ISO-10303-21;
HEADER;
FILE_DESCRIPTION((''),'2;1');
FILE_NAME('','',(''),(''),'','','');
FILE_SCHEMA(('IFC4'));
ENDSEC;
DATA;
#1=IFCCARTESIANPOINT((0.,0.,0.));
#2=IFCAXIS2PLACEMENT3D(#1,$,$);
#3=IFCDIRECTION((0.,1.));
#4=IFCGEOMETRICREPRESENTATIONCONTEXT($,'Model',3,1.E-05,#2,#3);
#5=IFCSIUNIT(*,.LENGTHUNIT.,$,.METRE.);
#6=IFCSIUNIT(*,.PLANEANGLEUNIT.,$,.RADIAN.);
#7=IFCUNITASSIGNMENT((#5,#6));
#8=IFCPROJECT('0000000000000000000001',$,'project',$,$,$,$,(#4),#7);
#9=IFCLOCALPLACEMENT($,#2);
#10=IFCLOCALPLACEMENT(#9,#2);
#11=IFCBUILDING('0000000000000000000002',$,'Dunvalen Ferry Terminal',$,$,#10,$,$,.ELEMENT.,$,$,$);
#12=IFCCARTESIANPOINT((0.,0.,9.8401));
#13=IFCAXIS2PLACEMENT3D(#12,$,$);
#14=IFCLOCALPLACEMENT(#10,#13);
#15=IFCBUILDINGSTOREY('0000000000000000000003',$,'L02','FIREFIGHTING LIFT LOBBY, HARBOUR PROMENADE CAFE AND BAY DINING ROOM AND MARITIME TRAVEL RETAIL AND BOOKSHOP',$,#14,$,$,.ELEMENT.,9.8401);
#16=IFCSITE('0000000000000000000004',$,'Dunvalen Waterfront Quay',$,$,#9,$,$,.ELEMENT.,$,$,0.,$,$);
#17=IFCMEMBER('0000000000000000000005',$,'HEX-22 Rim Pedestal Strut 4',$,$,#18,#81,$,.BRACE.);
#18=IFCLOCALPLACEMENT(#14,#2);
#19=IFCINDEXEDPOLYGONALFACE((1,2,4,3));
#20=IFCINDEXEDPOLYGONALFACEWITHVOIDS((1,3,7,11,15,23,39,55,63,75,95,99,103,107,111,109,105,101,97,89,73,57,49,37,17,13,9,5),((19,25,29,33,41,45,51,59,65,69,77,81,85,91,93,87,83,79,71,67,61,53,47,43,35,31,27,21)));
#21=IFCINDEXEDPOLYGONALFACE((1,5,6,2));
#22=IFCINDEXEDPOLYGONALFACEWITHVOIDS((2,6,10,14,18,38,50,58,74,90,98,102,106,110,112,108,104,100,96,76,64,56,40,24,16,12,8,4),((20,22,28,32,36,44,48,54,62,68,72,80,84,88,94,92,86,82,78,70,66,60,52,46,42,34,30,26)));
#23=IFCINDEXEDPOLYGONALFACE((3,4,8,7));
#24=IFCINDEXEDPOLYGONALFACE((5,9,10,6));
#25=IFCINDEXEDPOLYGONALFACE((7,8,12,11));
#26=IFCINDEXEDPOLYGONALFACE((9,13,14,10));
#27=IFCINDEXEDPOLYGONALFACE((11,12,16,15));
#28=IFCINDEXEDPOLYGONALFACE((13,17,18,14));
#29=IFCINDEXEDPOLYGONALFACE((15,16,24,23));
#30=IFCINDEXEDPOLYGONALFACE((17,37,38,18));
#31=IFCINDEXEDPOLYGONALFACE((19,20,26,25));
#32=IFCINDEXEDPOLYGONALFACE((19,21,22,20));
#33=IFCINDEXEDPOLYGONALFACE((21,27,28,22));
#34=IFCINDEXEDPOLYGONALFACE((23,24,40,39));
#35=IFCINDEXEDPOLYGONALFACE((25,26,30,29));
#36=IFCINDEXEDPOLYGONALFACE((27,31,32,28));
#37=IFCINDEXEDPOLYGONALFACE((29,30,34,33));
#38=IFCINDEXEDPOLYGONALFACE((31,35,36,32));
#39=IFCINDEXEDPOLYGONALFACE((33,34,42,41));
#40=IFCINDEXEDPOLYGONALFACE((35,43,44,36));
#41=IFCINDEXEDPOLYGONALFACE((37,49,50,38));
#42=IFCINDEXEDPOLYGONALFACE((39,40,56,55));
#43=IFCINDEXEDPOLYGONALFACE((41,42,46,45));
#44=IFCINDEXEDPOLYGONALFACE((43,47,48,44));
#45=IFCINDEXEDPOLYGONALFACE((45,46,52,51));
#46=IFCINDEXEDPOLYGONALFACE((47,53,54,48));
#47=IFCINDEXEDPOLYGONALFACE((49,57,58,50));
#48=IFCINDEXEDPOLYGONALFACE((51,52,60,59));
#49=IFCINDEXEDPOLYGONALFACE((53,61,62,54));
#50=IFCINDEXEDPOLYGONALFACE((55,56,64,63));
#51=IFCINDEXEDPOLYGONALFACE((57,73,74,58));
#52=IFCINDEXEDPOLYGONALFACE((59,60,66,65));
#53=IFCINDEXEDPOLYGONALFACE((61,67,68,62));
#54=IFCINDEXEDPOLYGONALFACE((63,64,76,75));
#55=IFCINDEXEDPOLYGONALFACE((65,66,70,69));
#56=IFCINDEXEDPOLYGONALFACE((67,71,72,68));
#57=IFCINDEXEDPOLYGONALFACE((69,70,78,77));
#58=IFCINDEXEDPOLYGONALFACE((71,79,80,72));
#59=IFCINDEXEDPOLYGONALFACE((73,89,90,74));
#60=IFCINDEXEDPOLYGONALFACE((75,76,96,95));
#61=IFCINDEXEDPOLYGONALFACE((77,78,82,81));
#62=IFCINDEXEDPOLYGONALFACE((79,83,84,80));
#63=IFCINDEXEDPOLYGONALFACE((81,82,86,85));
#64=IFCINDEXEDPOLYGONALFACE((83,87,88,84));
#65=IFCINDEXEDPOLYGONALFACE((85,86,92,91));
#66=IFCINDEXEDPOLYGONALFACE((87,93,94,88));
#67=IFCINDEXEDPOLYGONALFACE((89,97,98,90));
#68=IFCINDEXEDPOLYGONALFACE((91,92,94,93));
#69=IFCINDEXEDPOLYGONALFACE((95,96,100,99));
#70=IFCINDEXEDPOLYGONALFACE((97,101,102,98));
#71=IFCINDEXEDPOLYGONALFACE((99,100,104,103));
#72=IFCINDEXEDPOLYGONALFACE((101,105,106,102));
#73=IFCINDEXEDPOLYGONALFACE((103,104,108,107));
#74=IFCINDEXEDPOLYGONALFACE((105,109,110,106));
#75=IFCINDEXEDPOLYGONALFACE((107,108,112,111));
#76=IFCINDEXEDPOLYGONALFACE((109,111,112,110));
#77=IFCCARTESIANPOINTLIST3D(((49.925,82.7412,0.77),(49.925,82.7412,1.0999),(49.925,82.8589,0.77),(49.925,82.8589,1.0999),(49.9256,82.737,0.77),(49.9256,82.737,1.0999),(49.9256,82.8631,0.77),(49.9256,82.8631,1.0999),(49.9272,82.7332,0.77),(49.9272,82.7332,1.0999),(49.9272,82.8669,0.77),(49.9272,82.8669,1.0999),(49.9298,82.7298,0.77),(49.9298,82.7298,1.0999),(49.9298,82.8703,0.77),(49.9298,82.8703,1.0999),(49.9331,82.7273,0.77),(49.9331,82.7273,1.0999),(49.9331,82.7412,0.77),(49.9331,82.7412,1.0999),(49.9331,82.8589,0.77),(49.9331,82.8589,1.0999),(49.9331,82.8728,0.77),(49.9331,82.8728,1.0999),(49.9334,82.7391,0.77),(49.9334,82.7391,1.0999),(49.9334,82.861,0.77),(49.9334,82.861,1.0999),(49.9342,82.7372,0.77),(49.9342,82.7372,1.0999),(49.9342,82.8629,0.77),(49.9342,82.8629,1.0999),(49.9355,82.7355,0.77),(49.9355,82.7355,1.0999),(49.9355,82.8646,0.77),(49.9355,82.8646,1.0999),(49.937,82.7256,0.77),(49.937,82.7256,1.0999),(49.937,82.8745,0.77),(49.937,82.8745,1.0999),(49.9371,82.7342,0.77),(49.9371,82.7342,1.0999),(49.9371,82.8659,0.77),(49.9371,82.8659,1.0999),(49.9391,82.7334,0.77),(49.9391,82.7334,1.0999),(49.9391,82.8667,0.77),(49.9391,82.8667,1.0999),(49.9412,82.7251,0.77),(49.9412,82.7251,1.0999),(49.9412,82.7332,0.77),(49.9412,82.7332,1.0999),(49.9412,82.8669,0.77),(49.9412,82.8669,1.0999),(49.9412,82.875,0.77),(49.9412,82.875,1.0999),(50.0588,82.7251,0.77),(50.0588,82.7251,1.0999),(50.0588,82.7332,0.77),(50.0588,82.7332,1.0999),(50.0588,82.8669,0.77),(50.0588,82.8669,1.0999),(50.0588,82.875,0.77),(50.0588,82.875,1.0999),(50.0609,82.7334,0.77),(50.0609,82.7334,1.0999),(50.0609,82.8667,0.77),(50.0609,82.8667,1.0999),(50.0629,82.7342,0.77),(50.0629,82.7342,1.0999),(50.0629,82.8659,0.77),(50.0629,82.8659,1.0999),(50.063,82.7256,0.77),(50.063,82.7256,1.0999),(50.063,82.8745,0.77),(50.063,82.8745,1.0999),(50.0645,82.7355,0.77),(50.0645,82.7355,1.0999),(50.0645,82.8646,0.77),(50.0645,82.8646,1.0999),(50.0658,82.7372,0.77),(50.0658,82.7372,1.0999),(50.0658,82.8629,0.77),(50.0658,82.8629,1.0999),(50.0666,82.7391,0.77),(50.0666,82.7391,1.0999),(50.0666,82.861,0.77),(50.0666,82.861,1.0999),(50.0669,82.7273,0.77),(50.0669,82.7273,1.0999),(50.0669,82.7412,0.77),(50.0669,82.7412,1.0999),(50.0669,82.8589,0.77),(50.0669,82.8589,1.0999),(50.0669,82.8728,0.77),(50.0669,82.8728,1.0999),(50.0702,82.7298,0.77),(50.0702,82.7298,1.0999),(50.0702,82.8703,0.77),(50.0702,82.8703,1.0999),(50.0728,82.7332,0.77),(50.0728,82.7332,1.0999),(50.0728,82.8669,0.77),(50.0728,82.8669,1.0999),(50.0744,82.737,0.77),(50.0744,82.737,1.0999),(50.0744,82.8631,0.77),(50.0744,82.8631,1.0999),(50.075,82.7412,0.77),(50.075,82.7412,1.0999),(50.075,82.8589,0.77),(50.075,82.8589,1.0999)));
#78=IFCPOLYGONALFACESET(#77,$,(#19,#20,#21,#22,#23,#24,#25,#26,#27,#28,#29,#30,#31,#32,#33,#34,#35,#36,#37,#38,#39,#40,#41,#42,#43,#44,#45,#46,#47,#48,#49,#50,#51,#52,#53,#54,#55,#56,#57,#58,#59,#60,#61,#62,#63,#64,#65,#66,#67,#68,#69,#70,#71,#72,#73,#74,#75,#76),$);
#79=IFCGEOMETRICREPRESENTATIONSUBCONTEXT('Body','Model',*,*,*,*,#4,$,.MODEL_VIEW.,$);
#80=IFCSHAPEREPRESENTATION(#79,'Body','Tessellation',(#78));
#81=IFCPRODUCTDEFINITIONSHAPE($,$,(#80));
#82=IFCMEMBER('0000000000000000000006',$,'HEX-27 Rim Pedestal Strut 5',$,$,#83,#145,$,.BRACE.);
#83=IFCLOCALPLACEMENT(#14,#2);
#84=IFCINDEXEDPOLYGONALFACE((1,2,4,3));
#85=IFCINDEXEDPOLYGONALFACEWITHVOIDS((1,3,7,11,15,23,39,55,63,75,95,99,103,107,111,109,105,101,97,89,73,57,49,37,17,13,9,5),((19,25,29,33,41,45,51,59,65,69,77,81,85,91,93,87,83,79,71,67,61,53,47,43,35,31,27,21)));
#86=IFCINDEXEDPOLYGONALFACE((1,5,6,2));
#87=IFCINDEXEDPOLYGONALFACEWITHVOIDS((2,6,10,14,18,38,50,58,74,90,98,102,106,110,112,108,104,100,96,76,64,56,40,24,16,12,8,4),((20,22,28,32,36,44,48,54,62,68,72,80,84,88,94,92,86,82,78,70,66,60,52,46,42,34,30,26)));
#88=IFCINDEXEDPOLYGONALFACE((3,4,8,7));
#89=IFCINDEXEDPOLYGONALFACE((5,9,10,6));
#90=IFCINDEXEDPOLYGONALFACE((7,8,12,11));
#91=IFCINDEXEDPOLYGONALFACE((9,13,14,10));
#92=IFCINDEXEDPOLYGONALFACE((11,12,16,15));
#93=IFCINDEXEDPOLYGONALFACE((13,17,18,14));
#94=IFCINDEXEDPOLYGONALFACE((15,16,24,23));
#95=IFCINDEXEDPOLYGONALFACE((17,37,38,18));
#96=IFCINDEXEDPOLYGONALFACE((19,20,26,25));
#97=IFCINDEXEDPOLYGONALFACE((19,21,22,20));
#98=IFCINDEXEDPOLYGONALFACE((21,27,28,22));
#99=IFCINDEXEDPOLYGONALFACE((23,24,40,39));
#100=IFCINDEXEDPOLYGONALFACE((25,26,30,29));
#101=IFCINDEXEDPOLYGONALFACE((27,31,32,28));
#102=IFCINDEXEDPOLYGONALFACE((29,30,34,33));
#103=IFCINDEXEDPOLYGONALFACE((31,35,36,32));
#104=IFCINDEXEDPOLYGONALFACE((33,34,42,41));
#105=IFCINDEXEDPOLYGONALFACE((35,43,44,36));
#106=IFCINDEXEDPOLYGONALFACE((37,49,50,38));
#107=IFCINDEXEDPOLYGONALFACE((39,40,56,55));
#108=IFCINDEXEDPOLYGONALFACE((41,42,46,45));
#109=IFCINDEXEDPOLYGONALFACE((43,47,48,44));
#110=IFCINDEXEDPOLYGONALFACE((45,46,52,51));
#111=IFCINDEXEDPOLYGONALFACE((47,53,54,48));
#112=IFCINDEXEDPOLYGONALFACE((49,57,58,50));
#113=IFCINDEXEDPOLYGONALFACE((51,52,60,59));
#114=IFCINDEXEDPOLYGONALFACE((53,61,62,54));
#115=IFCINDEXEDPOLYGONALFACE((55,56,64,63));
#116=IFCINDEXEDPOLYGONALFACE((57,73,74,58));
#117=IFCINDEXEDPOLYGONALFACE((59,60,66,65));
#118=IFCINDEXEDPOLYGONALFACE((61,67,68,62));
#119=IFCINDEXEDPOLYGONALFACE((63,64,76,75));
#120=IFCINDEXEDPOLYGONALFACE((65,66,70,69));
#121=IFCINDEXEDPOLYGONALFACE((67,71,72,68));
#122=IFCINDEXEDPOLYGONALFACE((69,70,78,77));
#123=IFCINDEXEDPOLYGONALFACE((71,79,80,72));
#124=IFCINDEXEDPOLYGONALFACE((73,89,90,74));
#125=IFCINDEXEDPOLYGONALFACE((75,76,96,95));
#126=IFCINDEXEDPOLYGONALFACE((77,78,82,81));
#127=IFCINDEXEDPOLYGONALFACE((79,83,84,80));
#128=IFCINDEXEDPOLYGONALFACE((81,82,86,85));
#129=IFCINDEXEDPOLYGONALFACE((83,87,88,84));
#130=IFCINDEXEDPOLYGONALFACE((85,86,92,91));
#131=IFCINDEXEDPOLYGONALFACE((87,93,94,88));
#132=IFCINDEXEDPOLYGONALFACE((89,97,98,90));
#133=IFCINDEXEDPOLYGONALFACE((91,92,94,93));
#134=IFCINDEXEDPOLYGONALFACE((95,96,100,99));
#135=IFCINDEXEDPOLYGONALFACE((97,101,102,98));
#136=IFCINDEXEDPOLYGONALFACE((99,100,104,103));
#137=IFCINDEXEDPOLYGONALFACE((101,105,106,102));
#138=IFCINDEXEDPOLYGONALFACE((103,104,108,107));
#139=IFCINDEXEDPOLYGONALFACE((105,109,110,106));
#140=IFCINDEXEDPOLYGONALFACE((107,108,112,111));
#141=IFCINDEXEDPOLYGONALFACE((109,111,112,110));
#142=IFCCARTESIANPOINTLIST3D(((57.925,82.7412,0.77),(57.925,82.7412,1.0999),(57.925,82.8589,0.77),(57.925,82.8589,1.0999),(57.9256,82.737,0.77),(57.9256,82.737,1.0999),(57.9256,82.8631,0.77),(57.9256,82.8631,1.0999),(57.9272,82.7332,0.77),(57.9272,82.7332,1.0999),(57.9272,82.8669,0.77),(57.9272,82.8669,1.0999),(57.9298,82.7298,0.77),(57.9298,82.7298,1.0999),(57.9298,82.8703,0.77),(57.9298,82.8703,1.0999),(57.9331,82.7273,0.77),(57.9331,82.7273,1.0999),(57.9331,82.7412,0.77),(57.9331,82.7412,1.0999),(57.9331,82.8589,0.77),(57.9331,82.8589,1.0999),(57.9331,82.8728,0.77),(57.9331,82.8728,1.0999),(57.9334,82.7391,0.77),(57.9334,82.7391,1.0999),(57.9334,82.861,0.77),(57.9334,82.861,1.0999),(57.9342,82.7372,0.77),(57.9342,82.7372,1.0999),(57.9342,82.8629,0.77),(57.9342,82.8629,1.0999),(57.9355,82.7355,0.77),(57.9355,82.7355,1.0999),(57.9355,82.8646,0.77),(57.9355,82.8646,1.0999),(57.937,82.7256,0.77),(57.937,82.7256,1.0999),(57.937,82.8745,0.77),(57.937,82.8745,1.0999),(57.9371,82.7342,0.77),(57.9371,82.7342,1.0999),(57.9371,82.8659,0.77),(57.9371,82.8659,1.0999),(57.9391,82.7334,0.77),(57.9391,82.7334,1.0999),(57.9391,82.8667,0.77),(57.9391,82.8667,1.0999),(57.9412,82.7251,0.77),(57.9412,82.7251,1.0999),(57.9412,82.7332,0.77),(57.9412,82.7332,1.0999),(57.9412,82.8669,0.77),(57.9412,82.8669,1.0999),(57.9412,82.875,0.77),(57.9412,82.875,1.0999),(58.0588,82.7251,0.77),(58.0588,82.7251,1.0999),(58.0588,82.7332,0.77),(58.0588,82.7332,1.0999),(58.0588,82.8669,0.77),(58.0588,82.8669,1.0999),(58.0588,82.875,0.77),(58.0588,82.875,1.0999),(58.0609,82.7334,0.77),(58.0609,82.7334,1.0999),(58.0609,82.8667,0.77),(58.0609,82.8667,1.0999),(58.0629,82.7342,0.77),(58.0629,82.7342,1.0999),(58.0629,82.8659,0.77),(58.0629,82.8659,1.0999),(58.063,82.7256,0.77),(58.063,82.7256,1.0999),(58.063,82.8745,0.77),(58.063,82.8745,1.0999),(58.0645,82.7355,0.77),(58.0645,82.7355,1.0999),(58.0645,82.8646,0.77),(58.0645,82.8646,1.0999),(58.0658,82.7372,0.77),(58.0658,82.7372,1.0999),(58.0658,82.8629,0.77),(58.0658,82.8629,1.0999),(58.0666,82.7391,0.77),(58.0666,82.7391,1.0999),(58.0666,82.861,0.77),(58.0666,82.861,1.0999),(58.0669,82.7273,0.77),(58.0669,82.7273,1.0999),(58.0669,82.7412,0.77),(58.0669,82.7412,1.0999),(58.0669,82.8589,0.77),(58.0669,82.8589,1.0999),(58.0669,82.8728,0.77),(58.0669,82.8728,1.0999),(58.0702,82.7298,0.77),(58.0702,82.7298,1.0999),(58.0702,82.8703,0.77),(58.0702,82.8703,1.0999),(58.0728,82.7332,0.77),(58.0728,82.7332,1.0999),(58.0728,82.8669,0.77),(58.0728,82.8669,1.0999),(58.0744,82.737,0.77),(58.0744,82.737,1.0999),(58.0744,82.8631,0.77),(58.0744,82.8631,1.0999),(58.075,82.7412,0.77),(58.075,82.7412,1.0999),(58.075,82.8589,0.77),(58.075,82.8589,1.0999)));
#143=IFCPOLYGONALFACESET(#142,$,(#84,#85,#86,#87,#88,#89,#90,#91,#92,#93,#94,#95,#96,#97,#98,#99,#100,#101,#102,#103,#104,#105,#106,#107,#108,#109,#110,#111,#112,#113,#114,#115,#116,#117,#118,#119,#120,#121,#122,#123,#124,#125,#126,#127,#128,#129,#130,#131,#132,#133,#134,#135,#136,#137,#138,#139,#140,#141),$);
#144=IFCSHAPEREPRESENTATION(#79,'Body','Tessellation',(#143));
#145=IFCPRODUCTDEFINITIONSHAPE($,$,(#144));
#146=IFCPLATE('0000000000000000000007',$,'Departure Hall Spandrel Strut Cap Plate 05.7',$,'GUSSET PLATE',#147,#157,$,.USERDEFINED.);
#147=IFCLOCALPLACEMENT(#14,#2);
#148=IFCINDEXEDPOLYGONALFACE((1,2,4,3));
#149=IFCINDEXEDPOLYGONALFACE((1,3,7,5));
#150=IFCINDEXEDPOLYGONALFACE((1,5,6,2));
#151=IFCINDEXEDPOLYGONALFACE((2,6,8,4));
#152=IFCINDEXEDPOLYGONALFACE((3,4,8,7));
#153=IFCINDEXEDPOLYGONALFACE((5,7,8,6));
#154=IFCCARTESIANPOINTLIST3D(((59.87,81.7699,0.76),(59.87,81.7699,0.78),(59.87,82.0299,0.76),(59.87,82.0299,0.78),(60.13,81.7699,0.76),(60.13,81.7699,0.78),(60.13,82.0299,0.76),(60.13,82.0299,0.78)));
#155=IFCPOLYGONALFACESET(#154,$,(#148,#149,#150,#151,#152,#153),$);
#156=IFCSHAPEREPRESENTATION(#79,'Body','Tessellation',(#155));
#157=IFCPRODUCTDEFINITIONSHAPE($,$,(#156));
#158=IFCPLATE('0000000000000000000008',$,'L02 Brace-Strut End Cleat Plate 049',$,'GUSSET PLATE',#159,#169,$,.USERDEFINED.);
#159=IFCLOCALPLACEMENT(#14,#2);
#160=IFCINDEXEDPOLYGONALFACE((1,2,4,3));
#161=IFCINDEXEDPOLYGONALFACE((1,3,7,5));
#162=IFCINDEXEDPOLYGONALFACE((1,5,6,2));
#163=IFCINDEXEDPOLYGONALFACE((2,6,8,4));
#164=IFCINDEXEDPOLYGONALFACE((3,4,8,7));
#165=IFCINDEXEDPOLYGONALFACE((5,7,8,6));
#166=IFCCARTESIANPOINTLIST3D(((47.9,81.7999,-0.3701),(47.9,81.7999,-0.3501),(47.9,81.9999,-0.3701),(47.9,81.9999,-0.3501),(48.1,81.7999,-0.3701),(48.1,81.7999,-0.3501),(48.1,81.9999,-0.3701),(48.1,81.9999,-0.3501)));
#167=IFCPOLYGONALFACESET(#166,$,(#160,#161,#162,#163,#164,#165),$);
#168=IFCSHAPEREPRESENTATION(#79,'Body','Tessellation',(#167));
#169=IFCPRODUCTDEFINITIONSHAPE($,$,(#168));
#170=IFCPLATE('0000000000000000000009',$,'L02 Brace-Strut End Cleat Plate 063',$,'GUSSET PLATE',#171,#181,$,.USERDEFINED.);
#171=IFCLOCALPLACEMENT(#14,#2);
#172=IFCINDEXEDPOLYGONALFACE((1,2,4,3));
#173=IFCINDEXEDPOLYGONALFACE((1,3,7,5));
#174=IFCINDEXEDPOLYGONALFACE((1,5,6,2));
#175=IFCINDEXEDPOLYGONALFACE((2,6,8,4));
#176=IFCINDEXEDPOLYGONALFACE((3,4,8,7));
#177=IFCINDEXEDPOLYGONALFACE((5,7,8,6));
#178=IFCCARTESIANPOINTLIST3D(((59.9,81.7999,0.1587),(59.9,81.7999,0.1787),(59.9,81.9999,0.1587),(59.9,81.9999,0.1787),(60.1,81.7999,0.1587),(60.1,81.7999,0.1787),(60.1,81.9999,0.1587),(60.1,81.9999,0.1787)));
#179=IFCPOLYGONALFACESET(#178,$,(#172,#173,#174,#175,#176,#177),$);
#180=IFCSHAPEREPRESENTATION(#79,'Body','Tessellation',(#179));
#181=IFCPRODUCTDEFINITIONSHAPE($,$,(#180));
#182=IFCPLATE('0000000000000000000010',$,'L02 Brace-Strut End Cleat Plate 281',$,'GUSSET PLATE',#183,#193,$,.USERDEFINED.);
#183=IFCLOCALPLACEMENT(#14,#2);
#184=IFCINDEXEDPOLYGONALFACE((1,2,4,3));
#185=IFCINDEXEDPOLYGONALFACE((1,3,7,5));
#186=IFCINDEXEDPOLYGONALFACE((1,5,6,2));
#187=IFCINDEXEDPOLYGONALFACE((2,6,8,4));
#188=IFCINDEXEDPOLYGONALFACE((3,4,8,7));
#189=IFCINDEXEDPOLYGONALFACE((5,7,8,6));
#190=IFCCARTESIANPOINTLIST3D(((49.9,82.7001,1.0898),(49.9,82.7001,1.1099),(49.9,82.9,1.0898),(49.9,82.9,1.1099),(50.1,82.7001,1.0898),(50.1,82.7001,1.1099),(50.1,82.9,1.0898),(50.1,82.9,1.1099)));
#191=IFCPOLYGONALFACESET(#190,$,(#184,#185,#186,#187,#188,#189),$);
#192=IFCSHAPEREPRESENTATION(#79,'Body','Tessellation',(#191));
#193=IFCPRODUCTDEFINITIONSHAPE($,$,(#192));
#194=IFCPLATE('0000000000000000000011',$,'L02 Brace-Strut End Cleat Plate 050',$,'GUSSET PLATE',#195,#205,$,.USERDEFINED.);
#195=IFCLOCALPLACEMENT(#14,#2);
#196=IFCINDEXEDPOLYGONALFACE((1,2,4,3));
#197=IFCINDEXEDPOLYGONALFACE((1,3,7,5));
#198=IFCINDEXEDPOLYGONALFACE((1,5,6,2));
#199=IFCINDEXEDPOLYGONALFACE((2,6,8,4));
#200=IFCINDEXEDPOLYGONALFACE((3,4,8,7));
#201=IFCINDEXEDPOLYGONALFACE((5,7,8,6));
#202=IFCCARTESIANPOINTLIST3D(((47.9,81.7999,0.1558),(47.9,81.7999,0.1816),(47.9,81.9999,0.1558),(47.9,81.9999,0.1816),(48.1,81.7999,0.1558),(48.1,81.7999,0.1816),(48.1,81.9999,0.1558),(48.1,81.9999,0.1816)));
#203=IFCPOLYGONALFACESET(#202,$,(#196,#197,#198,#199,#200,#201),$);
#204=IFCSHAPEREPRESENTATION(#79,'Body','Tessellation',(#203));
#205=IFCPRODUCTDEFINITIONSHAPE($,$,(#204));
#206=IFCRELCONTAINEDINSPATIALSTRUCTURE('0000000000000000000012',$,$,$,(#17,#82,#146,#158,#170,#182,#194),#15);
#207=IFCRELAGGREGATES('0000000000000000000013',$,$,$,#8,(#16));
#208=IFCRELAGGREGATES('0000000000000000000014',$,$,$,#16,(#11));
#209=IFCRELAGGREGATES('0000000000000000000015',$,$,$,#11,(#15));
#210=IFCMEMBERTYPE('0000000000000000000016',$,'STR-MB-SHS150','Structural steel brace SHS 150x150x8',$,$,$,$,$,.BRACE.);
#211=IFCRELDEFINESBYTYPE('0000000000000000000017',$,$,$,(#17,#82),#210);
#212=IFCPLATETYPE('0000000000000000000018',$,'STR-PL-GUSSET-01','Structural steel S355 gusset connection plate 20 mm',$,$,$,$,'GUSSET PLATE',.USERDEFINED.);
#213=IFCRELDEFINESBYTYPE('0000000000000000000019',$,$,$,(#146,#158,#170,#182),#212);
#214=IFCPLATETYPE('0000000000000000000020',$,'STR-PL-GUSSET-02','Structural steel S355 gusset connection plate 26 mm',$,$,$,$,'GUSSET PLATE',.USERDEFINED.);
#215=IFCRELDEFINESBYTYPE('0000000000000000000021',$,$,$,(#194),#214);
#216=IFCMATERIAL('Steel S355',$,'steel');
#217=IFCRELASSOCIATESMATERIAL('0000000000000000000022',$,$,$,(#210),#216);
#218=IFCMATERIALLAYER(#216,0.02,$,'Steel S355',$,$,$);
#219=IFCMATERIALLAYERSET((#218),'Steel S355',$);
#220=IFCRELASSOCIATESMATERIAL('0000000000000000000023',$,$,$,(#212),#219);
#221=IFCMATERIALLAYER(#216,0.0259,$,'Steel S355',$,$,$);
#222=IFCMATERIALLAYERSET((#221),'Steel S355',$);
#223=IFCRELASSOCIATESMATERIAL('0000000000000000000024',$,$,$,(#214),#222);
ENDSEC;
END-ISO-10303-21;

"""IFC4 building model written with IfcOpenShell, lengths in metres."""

from ifc_helpers import new_model, si_unit, direction, frame, origin, origin_2d, place, context, subcontext, project, spatial, rectangle, hollow_rectangle, extrude, material, layer, layer_set, material_profile, profile_set, type_object, element, save


model = new_model("IFC4")

# Units and contexts
model_context = context("Model", 3, precision=1e-05, world=origin(), true_north=direction((0.0, 1.0)))
body_context = subcontext(model_context, "Body", "Model", "MODEL_VIEW")
ifc_project = project(units=[si_unit("LENGTHUNIT", "METRE"), si_unit("PLANEANGLEUNIT", "RADIAN")], contexts=[model_context])

# Site, building, storey
site_placement = place(None, origin())
site = spatial("IfcSite", under=ifc_project, at=site_placement, Name="Dunvalen Waterfront Quay", CompositionType="ELEMENT", RefElevation=0.0)
building_placement = place(site_placement, origin())
building = spatial("IfcBuilding", under=site, at=building_placement, Name="Dunvalen Ferry Terminal", CompositionType="ELEMENT")
storey_placement = place(building_placement, frame((0.0, 0.0, 9.8401)))
storey = spatial("IfcBuildingStorey", under=building, at=storey_placement, Name="L02", Description="FIREFIGHTING LIFT LOBBY, HARBOUR PROMENADE CAFE AND BAY DINING ROOM AND MARITIME TRAVEL RETAIL AND BOOKSHOP", CompositionType="ELEMENT", Elevation=9.8401)

# Shared definitions
ifc_material_1 = material(Name="Steel S355", Category="steel")

# Members
ifc_material_profile_1 = material_profile(ifc_material_1, hollow_rectangle(XDim=0.1499, YDim=0.1499, WallThickness=0.0081, InnerFilletRadius=0.0081, OuterFilletRadius=0.0161, at=origin_2d()), Name="Steel S355")
ifc_profile_set_1 = profile_set([ifc_material_profile_1], Name="Steel S355")
member_type_1 = type_object("IfcMemberType", Name="STR-MB-SHS150", Description="Structural steel brace SHS 150x150x8", PredefinedType="BRACE", material=ifc_profile_set_1)
for number, where, z_axis, x_axis, name in (
    (1, (50.0, 82.8, 0.77), (0.0, 0.0, 1.0), (1.0, 0.0, 0.0), "HEX-22 Rim Pedestal Strut 4"),
    (2, (58.0, 82.8, 0.77), (0.0, 0.0, 1.0), (1.0, 0.0, 0.0), "HEX-27 Rim Pedestal Strut 5"),
):
    element("IfcMember", number, at=place(storey_placement, frame(where, z_axis=z_axis, x_axis=x_axis)), inside=storey, type_object=member_type_1, Name=name, PredefinedType="BRACE", context=body_context, shape_type="SweptSolid", body=[
        extrude(hollow_rectangle(XDim=0.1499, YDim=0.1499, WallThickness=0.0081, InnerFilletRadius=0.0081, OuterFilletRadius=0.0161, at=origin_2d()), origin(), (0.0, 0.0, 1.0), 0.3298),
    ])

# Plates
ifc_layer_1 = layer(ifc_material_1, 0.02, Name="Steel S355")
ifc_layer_set_1 = layer_set([ifc_layer_1], Name="Steel S355")
plate_type_1 = type_object("IfcPlateType", Name="STR-PL-GUSSET-01", Description="Structural steel S355 gusset connection plate 20 mm", ElementType="GUSSET PLATE", PredefinedType="USERDEFINED", material=ifc_layer_set_1)
plate_placement = place(storey_placement, frame((60.0, 81.8999, 0.76), z_axis=(0.0, 0.0, 1.0), x_axis=(1.0, 0.0, 0.0)))
element("IfcPlate", 3, at=plate_placement, inside=storey, type_object=plate_type_1, Name="Departure Hall Spandrel Strut Cap Plate 05.7", ObjectType="GUSSET PLATE", PredefinedType="USERDEFINED", context=body_context, shape_type="SweptSolid", body=[
    extrude(rectangle(XDim=0.26, YDim=0.26, at=origin_2d()), origin(), (0.0, 0.0, 1.0), 0.02),
])
for number, where, z_axis, x_axis, name in (
    (4, (48.0, 81.8999, -0.3701), (0.0, 0.0, 1.0), (1.0, 0.0, 0.0), "L02 Brace-Strut End Cleat Plate 049"),
    (5, (60.0, 81.8999, 0.1587), (0.0, 0.0, 1.0), (1.0, 0.0, 0.0), "L02 Brace-Strut End Cleat Plate 063"),
    (6, (50.0, 82.8, 1.0898), (0.0, 0.0, 1.0), (1.0, 0.0, 0.0), "L02 Brace-Strut End Cleat Plate 281"),
):
    element("IfcPlate", number, at=place(storey_placement, frame(where, z_axis=z_axis, x_axis=x_axis)), inside=storey, type_object=plate_type_1, Name=name, ObjectType="GUSSET PLATE", PredefinedType="USERDEFINED", context=body_context, shape_type="SweptSolid", body=[
        extrude(rectangle(XDim=0.2, YDim=0.2, at=origin_2d()), origin(), (0.0, 0.0, 1.0), 0.02),
    ])
ifc_layer_2 = layer(ifc_material_1, 0.0259, Name="Steel S355")
ifc_layer_set_2 = layer_set([ifc_layer_2], Name="Steel S355")
plate_type_2 = type_object("IfcPlateType", Name="STR-PL-GUSSET-02", Description="Structural steel S355 gusset connection plate 26 mm", ElementType="GUSSET PLATE", PredefinedType="USERDEFINED", material=ifc_layer_set_2)
for number, where, z_axis, x_axis, name in (
    (7, (48.0, 81.8999, 0.1558), (0.0, 0.0, 1.0), (1.0, 0.0, 0.0), "L02 Brace-Strut End Cleat Plate 050"),
):
    element("IfcPlate", number, at=place(storey_placement, frame(where, z_axis=z_axis, x_axis=x_axis)), inside=storey, type_object=plate_type_2, Name=name, ObjectType="GUSSET PLATE", PredefinedType="USERDEFINED", context=body_context, shape_type="SweptSolid", body=[
        extrude(rectangle(XDim=0.2, YDim=0.2, at=origin_2d()), origin(), (0.0, 0.0, 1.0), 0.0259),
    ])

save(model, "model.ifc")
